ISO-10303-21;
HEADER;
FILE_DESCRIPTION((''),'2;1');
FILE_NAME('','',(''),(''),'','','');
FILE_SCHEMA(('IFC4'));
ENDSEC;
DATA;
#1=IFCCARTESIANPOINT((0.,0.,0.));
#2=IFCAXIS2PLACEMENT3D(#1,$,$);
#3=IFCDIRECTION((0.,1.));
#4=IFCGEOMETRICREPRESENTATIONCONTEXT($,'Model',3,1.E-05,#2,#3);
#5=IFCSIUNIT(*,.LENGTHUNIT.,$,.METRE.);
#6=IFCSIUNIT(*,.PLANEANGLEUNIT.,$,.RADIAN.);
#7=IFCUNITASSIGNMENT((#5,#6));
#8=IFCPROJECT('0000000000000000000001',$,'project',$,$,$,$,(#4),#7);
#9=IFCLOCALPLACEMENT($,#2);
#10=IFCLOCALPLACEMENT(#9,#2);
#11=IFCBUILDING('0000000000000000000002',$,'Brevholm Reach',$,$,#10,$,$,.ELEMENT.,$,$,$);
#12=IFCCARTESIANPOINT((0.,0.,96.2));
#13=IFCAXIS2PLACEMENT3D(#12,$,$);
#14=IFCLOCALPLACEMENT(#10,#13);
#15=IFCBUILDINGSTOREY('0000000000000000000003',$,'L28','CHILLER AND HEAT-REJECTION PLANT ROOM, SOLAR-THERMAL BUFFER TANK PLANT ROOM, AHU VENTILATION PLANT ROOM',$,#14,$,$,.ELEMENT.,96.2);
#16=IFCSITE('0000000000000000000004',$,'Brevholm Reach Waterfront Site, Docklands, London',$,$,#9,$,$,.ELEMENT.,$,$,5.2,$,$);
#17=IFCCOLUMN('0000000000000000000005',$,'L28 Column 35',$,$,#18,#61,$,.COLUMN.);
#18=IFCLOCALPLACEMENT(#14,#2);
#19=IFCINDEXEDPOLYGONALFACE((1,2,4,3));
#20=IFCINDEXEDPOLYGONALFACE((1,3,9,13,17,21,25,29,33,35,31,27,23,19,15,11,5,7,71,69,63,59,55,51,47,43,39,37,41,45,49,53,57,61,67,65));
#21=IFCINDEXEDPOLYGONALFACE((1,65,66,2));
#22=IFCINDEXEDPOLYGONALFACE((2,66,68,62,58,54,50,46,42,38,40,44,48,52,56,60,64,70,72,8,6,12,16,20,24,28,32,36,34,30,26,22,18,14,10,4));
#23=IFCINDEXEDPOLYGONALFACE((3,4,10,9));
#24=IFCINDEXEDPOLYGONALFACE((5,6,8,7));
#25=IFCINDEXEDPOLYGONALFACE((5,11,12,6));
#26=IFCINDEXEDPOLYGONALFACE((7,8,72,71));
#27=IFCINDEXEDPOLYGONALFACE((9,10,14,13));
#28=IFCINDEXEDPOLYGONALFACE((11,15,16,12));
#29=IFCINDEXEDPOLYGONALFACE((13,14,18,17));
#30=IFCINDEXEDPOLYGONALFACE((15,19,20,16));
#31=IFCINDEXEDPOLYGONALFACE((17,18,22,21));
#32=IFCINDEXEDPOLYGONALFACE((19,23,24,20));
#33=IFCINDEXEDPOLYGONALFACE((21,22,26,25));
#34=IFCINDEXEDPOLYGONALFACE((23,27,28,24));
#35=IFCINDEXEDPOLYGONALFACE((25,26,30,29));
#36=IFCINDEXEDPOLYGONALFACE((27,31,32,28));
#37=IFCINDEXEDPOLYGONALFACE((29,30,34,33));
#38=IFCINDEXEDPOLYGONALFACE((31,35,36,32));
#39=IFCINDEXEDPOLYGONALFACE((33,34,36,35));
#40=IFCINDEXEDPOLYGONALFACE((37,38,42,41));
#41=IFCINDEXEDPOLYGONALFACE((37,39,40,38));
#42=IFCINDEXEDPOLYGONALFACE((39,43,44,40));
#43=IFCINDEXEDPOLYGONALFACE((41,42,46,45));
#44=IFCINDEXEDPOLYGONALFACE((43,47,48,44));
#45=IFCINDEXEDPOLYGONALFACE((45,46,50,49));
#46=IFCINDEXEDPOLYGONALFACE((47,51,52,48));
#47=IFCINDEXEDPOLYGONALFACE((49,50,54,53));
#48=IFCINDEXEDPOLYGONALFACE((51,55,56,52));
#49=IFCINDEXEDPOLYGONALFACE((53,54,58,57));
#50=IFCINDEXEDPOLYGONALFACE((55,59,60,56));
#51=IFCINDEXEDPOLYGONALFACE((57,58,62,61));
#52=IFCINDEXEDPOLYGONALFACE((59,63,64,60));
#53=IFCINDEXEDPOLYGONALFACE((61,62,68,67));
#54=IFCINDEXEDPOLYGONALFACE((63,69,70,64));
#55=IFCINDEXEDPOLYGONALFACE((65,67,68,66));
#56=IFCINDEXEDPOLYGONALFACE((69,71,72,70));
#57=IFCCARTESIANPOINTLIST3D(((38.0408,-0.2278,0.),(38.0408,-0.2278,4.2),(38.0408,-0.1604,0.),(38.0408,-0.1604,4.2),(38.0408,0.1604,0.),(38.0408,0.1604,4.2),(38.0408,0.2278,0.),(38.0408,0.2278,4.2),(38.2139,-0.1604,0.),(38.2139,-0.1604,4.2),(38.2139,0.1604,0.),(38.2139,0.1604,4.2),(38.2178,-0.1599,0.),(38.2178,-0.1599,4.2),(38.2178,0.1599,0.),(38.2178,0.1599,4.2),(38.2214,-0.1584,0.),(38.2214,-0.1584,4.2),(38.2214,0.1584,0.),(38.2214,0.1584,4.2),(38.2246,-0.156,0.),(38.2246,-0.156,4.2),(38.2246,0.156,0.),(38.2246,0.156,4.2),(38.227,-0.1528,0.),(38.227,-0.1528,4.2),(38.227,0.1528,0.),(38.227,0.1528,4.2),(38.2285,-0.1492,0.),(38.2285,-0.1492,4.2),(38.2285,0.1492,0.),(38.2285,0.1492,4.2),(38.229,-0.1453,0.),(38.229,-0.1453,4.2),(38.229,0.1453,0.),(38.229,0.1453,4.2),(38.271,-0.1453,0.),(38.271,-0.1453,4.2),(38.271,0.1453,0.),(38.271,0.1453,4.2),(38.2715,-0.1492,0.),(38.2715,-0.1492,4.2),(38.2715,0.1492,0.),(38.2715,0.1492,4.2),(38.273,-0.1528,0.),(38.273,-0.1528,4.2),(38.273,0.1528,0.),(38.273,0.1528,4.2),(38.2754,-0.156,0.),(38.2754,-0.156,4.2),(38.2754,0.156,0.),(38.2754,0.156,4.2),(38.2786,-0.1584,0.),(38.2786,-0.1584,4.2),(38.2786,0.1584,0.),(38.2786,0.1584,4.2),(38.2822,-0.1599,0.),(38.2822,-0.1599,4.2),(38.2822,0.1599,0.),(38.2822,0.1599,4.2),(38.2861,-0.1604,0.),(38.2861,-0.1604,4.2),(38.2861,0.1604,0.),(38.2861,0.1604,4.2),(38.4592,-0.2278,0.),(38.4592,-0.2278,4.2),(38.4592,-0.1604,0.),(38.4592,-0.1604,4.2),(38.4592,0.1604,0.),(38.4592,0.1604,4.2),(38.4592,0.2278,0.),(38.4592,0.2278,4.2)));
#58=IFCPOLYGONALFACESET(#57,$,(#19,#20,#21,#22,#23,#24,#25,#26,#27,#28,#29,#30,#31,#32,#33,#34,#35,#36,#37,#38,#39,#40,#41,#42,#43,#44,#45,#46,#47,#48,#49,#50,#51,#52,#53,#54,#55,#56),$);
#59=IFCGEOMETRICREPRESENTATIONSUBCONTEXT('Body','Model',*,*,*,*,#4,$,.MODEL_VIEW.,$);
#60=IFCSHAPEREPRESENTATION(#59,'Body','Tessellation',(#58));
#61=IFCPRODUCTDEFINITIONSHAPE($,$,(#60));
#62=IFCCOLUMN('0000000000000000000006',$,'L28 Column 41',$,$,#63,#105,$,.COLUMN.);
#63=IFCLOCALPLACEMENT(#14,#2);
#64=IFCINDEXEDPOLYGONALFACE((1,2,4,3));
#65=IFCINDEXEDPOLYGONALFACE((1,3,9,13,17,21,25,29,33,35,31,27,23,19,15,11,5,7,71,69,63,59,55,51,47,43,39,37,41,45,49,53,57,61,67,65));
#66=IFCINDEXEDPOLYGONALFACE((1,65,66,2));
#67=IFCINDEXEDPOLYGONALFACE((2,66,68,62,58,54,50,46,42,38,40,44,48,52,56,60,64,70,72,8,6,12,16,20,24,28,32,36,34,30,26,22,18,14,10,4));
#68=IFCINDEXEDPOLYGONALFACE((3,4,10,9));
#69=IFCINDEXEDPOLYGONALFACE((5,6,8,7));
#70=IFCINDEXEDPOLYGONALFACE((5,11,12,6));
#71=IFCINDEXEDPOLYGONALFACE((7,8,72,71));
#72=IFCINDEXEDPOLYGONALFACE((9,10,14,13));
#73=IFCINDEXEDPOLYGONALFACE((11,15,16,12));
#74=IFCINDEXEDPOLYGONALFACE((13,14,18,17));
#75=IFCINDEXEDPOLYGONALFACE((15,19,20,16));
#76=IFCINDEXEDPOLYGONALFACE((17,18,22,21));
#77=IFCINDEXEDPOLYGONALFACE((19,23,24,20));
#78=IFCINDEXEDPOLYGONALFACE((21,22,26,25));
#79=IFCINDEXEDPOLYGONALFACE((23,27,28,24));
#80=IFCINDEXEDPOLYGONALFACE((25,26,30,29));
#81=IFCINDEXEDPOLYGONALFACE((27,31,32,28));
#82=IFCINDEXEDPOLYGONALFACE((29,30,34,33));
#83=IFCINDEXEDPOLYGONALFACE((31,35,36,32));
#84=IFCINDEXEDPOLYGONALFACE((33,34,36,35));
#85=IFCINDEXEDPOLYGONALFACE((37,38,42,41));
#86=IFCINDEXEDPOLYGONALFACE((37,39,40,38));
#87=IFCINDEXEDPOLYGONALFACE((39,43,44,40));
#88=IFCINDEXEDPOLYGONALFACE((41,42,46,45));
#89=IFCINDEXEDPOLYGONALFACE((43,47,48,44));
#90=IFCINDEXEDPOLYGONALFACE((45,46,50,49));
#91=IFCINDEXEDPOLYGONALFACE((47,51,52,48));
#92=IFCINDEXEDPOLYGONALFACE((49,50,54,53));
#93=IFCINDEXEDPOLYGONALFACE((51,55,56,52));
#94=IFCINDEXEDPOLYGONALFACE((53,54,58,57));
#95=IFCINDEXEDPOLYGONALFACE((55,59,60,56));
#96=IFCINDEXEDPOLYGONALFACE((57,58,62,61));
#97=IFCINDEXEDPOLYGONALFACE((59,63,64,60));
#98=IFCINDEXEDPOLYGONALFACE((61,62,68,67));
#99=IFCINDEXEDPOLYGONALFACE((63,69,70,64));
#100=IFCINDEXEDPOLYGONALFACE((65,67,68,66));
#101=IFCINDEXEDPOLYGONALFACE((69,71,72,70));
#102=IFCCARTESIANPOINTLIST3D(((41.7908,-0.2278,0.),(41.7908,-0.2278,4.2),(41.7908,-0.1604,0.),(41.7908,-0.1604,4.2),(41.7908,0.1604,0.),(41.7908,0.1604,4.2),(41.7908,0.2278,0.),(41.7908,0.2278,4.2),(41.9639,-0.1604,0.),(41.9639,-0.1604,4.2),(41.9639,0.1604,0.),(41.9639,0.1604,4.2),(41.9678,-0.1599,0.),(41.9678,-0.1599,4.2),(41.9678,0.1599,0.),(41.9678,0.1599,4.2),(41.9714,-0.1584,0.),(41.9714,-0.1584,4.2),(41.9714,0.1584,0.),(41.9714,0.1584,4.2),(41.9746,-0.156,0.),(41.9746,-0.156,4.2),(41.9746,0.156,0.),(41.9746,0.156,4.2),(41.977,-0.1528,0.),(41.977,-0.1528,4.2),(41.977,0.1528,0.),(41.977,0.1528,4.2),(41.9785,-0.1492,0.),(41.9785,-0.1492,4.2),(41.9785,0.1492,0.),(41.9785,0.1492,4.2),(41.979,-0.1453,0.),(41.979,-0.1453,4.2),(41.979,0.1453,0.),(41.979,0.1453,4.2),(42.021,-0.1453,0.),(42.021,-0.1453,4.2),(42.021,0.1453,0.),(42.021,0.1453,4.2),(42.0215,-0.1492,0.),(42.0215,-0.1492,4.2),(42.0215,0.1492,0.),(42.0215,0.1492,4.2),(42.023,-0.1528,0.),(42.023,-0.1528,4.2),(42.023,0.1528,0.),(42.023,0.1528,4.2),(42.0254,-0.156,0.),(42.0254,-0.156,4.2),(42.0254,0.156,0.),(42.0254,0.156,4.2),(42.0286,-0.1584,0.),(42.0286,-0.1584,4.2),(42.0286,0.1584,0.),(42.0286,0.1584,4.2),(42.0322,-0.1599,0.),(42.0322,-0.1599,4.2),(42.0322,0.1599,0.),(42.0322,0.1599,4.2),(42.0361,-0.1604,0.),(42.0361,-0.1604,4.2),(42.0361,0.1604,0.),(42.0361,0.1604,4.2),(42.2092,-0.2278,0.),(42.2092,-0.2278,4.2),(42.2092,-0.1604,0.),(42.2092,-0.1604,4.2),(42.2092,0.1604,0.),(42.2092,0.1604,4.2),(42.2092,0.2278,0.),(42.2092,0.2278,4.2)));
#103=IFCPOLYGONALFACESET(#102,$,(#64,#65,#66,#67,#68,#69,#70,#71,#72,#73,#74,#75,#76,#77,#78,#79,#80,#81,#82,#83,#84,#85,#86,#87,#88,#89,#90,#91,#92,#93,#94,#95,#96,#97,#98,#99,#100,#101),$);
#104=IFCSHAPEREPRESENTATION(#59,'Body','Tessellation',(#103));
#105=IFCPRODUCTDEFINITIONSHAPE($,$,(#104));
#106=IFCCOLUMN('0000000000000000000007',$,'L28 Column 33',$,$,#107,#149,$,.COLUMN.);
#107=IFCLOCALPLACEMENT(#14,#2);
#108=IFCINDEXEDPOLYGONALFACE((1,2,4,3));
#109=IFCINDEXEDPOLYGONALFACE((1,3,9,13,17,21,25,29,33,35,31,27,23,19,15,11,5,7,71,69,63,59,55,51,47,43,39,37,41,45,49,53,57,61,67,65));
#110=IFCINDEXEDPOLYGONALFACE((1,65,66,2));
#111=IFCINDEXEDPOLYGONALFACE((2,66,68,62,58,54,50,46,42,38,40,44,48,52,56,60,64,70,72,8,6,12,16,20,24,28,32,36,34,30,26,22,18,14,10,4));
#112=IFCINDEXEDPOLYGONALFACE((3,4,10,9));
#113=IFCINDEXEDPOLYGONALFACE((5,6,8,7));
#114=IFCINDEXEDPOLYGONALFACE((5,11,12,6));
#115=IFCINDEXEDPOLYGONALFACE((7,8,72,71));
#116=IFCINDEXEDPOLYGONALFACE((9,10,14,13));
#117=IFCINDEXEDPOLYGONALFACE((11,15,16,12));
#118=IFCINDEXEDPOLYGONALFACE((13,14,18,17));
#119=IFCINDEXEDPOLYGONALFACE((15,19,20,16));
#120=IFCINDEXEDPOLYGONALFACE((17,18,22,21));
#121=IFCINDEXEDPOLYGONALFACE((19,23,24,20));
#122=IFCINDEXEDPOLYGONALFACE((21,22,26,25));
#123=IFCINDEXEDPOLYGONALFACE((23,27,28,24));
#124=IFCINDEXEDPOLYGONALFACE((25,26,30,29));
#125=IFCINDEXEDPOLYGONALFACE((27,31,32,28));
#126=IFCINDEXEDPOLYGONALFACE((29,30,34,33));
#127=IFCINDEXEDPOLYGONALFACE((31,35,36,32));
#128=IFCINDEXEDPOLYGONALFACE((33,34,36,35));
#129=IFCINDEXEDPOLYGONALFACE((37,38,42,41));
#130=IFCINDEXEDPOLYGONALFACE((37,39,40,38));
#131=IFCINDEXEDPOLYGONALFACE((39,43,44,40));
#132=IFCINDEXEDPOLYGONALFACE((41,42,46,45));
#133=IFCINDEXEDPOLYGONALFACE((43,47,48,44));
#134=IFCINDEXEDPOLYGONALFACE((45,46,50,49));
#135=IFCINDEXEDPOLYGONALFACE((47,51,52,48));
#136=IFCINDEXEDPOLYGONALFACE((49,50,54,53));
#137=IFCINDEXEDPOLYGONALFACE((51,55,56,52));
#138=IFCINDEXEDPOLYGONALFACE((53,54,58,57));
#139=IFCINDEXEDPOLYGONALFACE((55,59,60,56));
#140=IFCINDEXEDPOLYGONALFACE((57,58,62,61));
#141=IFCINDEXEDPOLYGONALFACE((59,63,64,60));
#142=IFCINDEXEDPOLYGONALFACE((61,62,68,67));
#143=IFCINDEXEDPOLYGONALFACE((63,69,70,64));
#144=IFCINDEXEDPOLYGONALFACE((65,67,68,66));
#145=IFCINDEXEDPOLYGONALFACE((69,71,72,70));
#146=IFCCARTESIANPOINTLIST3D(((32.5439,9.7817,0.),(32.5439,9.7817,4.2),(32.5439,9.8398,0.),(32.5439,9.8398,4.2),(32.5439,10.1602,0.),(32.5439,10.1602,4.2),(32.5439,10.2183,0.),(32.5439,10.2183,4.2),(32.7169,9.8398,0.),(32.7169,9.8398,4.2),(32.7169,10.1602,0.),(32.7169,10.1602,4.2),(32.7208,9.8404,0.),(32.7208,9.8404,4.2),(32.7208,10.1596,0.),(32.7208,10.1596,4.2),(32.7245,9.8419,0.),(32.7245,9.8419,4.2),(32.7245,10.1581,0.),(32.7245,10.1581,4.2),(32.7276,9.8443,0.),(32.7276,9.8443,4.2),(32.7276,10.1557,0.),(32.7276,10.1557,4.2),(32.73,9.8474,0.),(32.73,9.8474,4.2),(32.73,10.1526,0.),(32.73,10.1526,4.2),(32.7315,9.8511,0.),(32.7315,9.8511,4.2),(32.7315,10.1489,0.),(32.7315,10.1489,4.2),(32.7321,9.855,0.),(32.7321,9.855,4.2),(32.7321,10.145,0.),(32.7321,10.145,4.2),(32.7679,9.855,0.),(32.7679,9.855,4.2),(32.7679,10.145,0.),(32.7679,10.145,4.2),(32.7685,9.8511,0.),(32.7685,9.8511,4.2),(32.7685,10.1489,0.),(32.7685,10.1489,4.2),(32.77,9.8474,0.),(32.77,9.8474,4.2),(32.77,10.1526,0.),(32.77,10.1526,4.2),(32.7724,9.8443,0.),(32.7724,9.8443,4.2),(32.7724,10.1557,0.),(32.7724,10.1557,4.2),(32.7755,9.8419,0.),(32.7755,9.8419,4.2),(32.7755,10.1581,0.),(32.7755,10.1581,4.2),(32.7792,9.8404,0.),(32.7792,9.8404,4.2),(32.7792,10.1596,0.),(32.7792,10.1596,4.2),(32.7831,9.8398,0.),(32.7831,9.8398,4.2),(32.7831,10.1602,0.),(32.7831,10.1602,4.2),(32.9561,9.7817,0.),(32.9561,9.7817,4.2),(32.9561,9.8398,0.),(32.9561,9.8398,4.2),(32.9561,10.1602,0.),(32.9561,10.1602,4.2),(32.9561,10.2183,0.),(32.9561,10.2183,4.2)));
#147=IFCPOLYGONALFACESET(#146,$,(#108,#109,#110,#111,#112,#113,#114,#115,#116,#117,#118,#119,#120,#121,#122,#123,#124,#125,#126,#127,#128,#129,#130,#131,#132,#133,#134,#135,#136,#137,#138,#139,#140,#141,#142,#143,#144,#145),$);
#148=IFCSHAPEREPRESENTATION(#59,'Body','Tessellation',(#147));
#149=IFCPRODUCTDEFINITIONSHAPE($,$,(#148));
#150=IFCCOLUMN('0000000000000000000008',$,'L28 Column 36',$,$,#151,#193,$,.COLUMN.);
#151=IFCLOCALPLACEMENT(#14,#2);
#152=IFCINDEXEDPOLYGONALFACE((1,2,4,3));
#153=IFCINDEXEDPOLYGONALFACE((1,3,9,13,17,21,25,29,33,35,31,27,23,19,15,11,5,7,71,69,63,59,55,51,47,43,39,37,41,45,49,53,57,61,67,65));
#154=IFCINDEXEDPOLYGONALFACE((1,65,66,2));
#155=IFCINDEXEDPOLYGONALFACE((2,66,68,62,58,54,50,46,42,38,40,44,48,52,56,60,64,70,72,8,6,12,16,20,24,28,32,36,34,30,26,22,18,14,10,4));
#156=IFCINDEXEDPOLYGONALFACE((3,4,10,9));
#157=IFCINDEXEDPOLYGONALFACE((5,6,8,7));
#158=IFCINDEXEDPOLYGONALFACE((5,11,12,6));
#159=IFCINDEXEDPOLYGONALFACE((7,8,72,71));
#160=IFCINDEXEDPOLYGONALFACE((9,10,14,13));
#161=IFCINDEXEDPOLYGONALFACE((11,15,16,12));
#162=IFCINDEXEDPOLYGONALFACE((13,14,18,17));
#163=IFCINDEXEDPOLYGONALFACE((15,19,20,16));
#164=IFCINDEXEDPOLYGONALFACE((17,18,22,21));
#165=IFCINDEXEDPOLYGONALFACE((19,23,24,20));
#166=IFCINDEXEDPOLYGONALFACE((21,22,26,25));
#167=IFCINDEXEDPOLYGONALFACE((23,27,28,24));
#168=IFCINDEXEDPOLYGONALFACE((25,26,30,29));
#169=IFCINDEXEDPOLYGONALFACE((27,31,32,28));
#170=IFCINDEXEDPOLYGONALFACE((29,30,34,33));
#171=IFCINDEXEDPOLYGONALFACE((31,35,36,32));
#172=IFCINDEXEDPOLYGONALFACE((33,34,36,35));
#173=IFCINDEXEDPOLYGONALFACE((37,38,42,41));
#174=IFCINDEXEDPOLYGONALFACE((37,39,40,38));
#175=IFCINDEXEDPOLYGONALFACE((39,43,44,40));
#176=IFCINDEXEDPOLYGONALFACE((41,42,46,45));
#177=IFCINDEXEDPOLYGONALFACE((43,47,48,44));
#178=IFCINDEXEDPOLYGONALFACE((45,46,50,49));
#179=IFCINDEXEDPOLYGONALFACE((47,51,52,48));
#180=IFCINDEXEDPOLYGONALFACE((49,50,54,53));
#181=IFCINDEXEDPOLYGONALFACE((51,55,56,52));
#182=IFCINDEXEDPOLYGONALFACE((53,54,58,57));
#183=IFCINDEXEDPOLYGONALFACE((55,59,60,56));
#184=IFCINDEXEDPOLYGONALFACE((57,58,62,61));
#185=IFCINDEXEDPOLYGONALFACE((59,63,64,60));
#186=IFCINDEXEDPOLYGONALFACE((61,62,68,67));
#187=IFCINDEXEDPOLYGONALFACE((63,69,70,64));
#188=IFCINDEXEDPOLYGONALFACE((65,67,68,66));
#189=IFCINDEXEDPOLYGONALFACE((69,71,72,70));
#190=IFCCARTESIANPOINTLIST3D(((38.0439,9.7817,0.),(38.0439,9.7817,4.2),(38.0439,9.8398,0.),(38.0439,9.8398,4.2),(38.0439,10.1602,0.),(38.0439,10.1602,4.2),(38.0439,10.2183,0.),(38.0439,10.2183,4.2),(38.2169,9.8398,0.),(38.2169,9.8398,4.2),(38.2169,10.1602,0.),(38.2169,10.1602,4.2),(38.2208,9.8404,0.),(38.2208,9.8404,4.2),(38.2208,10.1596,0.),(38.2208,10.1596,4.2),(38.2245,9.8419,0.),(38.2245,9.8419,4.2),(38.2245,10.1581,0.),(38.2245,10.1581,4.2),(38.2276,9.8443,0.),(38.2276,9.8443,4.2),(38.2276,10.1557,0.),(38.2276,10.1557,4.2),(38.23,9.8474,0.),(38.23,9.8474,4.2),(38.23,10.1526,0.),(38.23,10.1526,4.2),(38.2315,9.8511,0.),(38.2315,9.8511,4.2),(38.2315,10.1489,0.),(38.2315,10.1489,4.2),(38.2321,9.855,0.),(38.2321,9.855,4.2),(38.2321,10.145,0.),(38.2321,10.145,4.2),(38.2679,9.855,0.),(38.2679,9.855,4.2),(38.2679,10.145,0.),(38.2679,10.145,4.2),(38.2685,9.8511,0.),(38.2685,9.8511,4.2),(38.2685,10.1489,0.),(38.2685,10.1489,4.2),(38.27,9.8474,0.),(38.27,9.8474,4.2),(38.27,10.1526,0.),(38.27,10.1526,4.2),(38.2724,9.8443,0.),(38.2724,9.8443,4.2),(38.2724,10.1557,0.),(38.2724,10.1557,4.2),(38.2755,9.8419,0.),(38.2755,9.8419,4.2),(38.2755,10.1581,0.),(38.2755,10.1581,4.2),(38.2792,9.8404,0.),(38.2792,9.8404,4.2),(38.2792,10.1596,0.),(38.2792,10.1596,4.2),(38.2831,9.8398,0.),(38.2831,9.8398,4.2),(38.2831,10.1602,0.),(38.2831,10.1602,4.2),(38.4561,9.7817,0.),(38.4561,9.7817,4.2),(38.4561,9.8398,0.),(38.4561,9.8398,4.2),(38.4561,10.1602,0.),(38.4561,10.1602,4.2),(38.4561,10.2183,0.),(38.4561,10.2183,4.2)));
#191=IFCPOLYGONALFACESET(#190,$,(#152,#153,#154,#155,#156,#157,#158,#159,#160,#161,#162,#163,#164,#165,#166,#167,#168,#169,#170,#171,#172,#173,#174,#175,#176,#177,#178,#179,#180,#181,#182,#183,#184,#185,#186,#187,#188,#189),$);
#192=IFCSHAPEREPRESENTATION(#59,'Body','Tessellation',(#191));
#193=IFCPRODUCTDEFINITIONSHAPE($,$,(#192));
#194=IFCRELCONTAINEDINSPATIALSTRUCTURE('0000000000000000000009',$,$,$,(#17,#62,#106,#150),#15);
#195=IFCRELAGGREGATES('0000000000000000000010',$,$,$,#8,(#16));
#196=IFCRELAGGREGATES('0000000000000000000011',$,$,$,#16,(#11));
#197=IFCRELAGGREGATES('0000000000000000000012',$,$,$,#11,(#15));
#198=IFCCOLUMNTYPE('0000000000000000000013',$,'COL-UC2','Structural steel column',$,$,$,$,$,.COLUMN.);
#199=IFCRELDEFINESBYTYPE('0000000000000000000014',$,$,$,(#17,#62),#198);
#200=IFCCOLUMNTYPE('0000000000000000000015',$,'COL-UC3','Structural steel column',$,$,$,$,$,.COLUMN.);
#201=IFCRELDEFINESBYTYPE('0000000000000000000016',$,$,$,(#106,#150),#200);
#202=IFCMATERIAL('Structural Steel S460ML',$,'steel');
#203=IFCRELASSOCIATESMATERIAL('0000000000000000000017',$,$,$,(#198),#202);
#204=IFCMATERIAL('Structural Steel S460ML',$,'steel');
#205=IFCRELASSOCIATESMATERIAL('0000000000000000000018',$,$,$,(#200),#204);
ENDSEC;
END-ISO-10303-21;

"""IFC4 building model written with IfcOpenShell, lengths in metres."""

from ifc_helpers import new_model, si_unit, direction, frame, origin, origin_2d, place, context, subcontext, project, spatial, i_section, extrude, material, material_profile, profile_set, type_object, element, save


model = new_model("IFC4")

# Units and contexts
model_context = context("Model", 3, precision=1e-05, world=origin(), true_north=direction((0.0, 1.0)))
body_context = subcontext(model_context, "Body", "Model", "MODEL_VIEW")
ifc_project = project(units=[si_unit("LENGTHUNIT", "METRE"), si_unit("PLANEANGLEUNIT", "RADIAN")], contexts=[model_context])

# Site, building, storey
site_placement = place(None, origin())
site = spatial("IfcSite", under=ifc_project, at=site_placement, Name="Brevholm Reach Waterfront Site, Docklands, London", CompositionType="ELEMENT", RefElevation=5.2)
building_placement = place(site_placement, origin())
building = spatial("IfcBuilding", under=site, at=building_placement, Name="Brevholm Reach", CompositionType="ELEMENT")
storey_placement = place(building_placement, frame((0.0, 0.0, 96.2)))
storey = spatial("IfcBuildingStorey", under=building, at=storey_placement, Name="L28", Description="CHILLER AND HEAT-REJECTION PLANT ROOM, SOLAR-THERMAL BUFFER TANK PLANT ROOM, AHU VENTILATION PLANT ROOM", CompositionType="ELEMENT", Elevation=96.2)

# Columns
ifc_material_1 = material(Name="Structural Steel S460ML", Category="steel")
ifc_material_profile_1 = material_profile(ifc_material_1, i_section(OverallWidth=0.4185, OverallDepth=0.4556, WebThickness=0.042, FlangeThickness=0.0674, FilletRadius=0.0151, at=origin_2d()), Name="UKC 356x406x551")
ifc_profile_set_1 = profile_set([ifc_material_profile_1], Name="Structural Steel S460ML")
column_type_1 = type_object("IfcColumnType", Name="COL-UC2", Description="Structural steel column", PredefinedType="COLUMN", material=ifc_profile_set_1)
for number, where, z_axis, x_axis, name in (
    (1, (38.25, 0.0, 0.0), (0.0, 0.0, 1.0), (1.0, 0.0, 0.0), "L28 Column 35"),
    (2, (42.0, 0.0, 0.0), (0.0, 0.0, 1.0), (1.0, 0.0, 0.0), "L28 Column 41"),
):
    element("IfcColumn", number, at=place(storey_placement, frame(where, z_axis=z_axis, x_axis=x_axis)), inside=storey, type_object=column_type_1, Name=name, PredefinedType="COLUMN", context=body_context, shape_type="SweptSolid", body=[
        extrude(i_section(OverallWidth=0.4185, OverallDepth=0.4556, WebThickness=0.042, FlangeThickness=0.0674, FilletRadius=0.0151, at=origin_2d()), origin(), (0.0, 0.0, 1.0), 4.2),
    ])
ifc_material_2 = material(Name="Structural Steel S460ML", Category="steel")
ifc_material_profile_2 = material_profile(ifc_material_2, i_section(OverallWidth=0.4121, OverallDepth=0.4365, WebThickness=0.0359, FlangeThickness=0.0581, FilletRadius=0.0151, at=origin_2d()), Name="UKC 356x406x467")
ifc_profile_set_2 = profile_set([ifc_material_profile_2], Name="Structural Steel S460ML")
column_type_2 = type_object("IfcColumnType", Name="COL-UC3", Description="Structural steel column", PredefinedType="COLUMN", material=ifc_profile_set_2)
for number, where, z_axis, x_axis, name in (
    (3, (32.75, 10.0, 0.0), (0.0, 0.0, 1.0), (1.0, 0.0, 0.0), "L28 Column 33"),
    (4, (38.25, 10.0, 0.0), (0.0, 0.0, 1.0), (1.0, 0.0, 0.0), "L28 Column 36"),
):
    element("IfcColumn", number, at=place(storey_placement, frame(where, z_axis=z_axis, x_axis=x_axis)), inside=storey, type_object=column_type_2, Name=name, PredefinedType="COLUMN", context=body_context, shape_type="SweptSolid", body=[
        extrude(i_section(OverallWidth=0.4121, OverallDepth=0.4365, WebThickness=0.0359, FlangeThickness=0.0581, FilletRadius=0.0151, at=origin_2d()), origin(), (0.0, 0.0, 1.0), 4.2),
    ])

save(model, "model.ifc")
